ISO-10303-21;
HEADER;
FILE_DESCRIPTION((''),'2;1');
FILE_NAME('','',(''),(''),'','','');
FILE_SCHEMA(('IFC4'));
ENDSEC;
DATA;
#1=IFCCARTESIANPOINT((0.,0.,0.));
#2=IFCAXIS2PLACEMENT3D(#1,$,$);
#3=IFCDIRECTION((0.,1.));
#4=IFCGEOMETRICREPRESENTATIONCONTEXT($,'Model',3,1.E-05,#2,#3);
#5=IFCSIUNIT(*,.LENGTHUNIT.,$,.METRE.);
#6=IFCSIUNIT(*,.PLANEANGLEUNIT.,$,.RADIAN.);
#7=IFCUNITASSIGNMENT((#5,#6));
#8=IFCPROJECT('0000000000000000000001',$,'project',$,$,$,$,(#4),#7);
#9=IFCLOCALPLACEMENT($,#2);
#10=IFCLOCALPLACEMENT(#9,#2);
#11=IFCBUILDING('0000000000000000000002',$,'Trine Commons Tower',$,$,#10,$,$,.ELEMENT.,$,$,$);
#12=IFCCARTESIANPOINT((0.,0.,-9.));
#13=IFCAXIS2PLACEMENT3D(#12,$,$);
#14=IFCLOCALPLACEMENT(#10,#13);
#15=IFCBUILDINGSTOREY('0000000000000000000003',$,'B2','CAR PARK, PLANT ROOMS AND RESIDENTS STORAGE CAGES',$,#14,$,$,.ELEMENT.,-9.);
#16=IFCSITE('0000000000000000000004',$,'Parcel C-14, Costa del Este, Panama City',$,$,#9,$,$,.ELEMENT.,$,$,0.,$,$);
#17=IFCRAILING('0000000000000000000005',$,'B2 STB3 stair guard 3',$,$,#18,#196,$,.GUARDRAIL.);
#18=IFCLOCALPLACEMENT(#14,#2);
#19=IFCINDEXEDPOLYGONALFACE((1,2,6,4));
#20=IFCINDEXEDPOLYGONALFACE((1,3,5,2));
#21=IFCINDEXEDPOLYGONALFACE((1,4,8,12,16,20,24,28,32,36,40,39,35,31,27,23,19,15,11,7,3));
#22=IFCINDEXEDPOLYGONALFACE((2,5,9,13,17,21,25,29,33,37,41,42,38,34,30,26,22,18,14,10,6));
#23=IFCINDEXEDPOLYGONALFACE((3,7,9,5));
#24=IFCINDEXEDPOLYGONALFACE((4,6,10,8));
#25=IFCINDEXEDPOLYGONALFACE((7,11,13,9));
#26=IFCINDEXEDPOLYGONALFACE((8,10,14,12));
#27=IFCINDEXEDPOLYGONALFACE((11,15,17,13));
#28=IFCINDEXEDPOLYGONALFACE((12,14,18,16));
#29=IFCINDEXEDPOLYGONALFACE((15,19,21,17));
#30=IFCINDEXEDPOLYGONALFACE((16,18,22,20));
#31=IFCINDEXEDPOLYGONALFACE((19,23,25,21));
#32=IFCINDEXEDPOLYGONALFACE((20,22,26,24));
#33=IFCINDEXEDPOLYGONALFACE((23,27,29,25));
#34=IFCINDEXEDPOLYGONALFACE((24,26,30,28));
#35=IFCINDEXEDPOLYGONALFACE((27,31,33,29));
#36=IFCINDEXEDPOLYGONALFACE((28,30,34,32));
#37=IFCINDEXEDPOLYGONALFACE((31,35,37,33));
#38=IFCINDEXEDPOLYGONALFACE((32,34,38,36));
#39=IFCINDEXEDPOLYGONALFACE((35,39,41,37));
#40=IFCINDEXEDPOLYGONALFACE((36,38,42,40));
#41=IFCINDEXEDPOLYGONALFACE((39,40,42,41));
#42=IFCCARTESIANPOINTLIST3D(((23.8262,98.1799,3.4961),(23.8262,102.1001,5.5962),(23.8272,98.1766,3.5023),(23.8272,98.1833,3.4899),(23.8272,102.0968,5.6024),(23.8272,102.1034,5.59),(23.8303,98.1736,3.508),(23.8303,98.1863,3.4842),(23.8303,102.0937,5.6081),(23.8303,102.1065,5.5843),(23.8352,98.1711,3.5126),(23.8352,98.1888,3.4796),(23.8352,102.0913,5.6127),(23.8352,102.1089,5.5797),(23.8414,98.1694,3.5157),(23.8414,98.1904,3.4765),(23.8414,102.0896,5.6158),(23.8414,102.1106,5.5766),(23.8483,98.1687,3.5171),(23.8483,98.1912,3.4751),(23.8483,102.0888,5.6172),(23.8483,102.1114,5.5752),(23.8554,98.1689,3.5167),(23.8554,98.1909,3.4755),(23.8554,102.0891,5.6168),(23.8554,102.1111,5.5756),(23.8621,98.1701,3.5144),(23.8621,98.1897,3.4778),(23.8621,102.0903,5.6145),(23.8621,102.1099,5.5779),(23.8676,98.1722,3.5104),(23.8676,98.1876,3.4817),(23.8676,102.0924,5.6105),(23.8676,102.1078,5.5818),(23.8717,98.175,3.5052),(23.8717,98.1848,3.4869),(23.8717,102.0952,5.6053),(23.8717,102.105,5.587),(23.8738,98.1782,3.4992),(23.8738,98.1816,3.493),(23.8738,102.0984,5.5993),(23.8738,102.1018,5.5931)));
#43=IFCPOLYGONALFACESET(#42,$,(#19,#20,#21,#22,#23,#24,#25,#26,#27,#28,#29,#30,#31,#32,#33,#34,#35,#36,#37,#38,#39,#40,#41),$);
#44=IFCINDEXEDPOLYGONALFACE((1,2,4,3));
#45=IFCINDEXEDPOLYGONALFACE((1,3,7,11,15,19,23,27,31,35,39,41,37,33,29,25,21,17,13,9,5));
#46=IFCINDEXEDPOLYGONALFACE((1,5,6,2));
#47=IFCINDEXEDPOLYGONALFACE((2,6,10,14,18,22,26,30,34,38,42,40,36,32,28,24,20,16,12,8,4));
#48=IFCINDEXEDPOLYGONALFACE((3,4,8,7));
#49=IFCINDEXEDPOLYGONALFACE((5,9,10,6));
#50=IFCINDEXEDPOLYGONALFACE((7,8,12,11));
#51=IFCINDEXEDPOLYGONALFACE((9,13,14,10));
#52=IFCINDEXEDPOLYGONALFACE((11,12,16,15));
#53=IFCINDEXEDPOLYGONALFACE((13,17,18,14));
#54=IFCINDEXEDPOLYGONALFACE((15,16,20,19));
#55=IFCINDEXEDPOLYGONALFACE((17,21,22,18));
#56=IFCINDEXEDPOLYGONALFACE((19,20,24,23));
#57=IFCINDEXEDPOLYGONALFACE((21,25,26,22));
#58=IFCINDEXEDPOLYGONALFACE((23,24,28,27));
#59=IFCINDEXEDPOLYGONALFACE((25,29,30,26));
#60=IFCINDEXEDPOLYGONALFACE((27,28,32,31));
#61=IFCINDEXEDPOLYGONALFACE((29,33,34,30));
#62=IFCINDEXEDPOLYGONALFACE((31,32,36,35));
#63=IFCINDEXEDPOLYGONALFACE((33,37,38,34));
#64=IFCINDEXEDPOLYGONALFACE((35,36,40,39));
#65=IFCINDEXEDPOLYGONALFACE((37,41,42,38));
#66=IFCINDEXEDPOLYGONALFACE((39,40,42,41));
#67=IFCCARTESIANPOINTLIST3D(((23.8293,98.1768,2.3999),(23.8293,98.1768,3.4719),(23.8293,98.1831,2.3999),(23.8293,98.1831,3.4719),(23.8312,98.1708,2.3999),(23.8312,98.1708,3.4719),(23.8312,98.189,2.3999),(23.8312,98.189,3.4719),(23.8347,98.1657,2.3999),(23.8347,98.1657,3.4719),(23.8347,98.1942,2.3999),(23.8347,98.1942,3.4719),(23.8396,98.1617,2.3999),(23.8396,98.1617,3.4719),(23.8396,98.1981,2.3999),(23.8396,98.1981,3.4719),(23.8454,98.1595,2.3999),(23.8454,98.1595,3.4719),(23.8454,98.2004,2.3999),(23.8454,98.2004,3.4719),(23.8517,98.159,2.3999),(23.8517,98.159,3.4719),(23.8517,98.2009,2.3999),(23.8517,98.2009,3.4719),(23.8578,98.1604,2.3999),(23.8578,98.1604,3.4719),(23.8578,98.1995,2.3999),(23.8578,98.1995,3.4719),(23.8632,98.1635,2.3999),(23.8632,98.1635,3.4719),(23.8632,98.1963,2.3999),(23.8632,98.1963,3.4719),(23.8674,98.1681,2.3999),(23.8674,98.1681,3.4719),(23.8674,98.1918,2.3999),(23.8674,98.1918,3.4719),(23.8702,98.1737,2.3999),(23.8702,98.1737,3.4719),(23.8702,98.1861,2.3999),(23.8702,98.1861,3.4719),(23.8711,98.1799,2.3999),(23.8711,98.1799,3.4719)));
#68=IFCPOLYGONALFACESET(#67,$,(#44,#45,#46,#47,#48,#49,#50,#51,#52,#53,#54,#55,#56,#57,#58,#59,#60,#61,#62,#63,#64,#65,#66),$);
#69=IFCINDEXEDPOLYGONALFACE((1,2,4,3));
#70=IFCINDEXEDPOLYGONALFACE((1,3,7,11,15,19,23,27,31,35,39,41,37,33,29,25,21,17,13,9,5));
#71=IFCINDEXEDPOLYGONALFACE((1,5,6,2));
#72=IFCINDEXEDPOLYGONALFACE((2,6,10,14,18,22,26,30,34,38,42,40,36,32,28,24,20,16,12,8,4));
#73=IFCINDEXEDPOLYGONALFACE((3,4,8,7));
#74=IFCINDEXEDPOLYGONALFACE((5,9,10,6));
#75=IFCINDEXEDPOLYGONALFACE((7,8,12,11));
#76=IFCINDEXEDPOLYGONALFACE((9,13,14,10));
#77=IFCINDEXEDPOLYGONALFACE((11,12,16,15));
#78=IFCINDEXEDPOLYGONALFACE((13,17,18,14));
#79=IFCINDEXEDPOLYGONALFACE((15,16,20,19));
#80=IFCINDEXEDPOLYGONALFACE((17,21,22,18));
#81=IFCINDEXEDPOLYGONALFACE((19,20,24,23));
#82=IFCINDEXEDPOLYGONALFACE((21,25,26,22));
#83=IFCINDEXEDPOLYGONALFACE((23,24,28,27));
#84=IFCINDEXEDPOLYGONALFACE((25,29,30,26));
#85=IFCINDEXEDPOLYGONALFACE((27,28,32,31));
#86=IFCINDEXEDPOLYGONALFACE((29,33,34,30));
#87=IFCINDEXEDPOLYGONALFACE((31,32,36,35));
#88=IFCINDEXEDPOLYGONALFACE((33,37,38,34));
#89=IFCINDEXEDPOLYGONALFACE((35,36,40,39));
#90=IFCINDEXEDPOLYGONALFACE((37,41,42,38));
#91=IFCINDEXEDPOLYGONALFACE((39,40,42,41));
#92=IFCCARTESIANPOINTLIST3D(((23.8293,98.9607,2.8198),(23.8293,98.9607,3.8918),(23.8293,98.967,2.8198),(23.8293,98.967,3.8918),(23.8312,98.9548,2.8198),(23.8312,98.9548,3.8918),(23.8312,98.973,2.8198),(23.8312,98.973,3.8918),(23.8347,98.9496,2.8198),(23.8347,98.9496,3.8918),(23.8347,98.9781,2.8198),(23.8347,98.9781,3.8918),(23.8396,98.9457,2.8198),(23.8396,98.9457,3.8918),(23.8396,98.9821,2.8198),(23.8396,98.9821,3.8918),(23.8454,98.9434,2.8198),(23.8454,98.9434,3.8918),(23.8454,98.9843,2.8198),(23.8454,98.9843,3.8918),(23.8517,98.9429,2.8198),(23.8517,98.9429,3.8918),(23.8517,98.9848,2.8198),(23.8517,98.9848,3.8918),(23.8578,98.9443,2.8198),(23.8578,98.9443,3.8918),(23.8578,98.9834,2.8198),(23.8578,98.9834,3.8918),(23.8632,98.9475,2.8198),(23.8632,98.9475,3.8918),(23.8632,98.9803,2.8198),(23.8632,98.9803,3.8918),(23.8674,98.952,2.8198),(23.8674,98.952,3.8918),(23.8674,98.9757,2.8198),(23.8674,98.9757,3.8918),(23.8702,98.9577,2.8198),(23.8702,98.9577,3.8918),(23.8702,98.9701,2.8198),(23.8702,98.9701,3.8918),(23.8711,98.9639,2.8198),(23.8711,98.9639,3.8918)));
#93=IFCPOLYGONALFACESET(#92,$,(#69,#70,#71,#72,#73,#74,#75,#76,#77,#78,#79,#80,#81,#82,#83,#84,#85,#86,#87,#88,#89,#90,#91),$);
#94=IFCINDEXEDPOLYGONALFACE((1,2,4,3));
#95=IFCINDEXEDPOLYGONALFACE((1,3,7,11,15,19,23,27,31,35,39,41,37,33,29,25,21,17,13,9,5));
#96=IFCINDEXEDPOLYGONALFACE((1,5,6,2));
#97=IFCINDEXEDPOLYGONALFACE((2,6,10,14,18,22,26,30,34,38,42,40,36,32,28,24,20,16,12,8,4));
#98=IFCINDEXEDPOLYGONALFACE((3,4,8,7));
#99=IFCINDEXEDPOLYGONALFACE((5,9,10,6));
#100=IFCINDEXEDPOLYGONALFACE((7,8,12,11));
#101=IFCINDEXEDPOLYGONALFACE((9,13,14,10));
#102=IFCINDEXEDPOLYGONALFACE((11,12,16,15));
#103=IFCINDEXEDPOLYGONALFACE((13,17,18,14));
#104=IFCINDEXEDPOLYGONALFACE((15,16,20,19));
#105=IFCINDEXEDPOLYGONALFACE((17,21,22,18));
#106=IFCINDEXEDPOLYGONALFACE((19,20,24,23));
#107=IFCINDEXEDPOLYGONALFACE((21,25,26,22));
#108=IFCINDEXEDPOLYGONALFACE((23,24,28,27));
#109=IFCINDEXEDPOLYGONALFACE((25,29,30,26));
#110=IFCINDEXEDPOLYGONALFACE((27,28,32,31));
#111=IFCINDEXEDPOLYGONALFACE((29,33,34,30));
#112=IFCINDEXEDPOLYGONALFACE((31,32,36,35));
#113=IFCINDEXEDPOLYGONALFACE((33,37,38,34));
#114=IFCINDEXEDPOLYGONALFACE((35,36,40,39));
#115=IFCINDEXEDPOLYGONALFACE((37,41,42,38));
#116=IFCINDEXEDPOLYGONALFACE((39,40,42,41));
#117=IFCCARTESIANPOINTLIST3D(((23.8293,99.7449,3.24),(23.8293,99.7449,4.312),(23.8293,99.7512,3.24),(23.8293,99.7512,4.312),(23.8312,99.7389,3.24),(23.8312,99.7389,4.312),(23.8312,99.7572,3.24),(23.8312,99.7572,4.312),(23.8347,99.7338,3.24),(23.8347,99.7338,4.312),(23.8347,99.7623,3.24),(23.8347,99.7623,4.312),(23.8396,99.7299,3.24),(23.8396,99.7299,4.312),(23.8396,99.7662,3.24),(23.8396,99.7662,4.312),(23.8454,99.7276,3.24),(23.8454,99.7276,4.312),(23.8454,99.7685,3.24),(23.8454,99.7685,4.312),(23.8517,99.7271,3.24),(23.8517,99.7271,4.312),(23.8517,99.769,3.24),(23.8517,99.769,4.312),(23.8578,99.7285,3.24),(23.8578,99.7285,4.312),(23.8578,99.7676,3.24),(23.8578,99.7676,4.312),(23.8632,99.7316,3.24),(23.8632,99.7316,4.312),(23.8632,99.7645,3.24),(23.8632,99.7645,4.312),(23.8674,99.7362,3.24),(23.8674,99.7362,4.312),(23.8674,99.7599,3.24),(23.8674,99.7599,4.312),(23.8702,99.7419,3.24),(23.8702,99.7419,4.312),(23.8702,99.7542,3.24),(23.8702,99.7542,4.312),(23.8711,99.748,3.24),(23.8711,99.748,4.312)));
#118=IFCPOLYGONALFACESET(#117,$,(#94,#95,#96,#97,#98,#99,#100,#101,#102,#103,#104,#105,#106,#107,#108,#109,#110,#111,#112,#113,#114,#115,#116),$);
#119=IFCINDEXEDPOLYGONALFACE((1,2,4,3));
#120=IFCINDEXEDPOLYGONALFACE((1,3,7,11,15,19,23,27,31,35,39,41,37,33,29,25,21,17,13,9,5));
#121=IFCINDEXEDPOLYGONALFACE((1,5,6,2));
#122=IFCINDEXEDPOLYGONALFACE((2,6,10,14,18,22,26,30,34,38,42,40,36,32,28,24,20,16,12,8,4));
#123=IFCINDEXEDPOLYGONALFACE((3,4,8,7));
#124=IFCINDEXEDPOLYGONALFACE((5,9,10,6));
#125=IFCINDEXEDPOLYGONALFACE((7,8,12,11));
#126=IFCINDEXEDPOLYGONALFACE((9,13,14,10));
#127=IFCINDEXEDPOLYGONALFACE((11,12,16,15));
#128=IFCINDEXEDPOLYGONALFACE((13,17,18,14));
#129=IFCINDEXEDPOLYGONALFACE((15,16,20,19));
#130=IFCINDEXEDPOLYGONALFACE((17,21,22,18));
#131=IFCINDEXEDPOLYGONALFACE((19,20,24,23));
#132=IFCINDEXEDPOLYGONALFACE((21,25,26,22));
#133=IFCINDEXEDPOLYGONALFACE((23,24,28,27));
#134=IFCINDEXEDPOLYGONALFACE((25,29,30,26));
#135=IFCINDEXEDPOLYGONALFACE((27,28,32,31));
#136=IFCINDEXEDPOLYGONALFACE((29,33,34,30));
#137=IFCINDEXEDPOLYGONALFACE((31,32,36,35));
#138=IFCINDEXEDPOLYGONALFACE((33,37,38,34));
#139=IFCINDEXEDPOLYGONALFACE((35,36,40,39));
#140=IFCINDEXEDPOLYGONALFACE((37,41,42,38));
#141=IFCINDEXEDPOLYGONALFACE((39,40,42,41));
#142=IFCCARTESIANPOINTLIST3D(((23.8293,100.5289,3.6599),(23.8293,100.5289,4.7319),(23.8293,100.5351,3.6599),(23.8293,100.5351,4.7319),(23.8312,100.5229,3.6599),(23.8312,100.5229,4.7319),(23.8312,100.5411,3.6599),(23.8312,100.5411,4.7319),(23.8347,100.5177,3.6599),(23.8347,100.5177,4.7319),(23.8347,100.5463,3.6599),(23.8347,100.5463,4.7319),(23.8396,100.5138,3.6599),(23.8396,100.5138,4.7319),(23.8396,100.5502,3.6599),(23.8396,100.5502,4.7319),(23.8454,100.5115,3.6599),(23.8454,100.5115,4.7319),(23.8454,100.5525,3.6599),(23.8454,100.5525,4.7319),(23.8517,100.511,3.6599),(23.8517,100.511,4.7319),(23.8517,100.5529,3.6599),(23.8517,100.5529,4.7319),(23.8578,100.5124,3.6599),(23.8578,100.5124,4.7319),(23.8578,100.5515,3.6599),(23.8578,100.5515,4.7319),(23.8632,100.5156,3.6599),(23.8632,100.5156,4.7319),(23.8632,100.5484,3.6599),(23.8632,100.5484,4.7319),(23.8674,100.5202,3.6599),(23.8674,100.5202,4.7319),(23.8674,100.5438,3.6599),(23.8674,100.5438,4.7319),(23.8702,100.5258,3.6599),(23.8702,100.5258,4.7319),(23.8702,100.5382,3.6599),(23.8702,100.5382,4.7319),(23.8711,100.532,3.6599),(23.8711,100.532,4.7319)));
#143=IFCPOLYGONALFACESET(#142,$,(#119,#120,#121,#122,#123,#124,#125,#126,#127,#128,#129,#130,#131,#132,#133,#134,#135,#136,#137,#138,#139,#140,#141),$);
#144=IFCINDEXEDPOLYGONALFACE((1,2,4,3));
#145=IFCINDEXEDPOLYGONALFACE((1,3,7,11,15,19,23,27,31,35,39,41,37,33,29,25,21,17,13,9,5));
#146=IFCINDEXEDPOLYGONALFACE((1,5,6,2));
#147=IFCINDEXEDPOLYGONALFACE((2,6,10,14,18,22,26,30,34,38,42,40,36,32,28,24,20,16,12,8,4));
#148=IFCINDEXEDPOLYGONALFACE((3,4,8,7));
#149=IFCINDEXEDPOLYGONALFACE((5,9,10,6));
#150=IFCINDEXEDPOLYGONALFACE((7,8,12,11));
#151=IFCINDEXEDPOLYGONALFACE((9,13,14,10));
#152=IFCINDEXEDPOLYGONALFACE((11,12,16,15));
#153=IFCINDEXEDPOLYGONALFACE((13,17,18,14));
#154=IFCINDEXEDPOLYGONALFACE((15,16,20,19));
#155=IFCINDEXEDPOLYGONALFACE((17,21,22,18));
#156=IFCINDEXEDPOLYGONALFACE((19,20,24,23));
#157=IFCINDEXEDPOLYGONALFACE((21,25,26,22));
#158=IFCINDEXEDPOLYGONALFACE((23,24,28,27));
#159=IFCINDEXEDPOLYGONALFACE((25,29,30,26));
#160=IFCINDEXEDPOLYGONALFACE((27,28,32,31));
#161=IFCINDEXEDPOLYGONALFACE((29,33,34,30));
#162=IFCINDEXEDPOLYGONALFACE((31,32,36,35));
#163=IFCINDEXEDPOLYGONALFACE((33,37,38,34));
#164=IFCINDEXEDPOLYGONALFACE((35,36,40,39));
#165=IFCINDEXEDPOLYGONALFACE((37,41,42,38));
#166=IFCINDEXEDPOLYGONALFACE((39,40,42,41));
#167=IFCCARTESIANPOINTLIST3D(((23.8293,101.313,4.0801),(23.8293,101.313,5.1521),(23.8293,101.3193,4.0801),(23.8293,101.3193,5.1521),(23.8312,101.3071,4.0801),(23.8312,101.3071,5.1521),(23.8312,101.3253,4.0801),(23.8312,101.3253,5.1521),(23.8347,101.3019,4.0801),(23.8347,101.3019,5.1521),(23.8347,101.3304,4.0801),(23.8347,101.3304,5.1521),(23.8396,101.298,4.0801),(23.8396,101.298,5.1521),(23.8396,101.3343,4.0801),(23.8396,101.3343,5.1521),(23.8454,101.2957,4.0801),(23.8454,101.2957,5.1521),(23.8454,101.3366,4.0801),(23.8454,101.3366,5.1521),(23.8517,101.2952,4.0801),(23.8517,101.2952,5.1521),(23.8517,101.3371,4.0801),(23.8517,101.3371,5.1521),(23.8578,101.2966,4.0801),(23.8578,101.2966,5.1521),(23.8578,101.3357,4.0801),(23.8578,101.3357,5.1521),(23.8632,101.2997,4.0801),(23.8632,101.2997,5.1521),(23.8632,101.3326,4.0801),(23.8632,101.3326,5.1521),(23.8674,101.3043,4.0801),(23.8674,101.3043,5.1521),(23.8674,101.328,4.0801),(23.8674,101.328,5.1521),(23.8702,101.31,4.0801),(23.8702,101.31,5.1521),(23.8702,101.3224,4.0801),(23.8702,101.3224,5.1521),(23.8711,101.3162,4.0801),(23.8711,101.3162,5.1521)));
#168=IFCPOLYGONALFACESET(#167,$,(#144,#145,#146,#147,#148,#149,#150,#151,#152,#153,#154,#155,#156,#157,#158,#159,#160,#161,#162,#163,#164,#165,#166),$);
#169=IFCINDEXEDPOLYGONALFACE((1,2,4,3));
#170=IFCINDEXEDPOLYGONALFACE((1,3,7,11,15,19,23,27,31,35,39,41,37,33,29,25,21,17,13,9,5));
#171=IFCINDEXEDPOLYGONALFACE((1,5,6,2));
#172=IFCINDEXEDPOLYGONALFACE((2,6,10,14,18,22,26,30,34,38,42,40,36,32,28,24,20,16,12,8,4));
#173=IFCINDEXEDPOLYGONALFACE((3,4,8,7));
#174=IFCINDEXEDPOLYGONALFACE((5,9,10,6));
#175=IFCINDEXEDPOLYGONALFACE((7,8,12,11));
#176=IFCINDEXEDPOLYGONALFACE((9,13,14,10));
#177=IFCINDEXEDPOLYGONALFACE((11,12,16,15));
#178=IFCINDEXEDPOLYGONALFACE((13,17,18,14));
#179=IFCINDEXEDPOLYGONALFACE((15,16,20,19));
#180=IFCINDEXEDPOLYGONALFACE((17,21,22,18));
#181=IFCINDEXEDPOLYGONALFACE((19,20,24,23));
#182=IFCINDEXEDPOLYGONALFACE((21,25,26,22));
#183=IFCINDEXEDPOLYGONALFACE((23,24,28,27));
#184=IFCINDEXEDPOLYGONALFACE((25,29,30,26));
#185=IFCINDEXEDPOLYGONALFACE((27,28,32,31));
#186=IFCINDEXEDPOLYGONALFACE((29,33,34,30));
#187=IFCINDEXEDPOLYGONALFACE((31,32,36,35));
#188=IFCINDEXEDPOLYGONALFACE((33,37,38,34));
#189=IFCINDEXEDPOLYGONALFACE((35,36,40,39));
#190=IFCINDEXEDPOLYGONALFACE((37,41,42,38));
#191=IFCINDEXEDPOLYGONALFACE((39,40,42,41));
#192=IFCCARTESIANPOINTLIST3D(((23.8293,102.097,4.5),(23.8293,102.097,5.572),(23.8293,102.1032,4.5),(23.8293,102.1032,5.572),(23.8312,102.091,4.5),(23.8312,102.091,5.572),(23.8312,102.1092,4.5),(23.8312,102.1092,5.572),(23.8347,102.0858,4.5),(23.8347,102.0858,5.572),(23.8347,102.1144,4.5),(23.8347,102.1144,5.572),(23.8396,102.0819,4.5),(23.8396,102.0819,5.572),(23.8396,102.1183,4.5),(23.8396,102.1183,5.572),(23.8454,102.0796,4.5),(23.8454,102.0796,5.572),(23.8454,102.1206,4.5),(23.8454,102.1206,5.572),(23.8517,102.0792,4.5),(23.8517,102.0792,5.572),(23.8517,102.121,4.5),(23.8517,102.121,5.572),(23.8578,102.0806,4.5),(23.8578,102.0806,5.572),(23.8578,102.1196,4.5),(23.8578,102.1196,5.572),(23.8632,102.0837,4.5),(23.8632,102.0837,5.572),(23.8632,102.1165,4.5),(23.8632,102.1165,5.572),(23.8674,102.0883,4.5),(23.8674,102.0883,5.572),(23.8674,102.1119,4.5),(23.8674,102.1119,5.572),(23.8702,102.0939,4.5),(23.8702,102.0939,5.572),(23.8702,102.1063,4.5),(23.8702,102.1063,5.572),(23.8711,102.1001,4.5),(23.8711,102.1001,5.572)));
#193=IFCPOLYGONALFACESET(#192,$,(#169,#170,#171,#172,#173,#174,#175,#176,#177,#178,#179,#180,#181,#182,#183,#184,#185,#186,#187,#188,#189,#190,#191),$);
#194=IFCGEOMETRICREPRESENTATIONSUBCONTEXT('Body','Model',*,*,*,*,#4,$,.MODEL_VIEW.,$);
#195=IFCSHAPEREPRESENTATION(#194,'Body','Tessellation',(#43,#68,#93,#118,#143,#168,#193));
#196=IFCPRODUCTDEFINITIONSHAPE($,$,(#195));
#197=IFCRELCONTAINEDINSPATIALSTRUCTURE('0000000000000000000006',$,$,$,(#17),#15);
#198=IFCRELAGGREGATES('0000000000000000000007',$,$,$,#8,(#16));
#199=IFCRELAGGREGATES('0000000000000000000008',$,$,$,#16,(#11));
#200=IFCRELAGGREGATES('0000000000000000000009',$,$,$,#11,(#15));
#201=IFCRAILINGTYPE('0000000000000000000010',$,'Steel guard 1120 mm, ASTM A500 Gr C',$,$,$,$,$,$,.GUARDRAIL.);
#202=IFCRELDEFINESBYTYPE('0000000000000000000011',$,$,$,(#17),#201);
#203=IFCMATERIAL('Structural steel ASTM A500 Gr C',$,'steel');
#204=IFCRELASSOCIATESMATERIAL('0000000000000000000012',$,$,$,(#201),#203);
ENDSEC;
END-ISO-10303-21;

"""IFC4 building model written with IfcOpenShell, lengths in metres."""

from ifc_helpers import new_model, si_unit, direction, frame, origin, origin_2d, place, context, subcontext, project, spatial, circle, extrude, material, type_object, element, save


model = new_model("IFC4")

# Units and contexts
model_context = context("Model", 3, precision=1e-05, world=origin(), true_north=direction((0.0, 1.0)))
body_context = subcontext(model_context, "Body", "Model", "MODEL_VIEW")
ifc_project = project(units=[si_unit("LENGTHUNIT", "METRE"), si_unit("PLANEANGLEUNIT", "RADIAN")], contexts=[model_context])

# Site, building, storey
site_placement = place(None, origin())
site = spatial("IfcSite", under=ifc_project, at=site_placement, Name="Parcel C-14, Costa del Este, Panama City", CompositionType="ELEMENT", RefElevation=0.0)
building_placement = place(site_placement, origin())
building = spatial("IfcBuilding", under=site, at=building_placement, Name="Trine Commons Tower", CompositionType="ELEMENT")
storey_placement = place(building_placement, frame((0.0, 0.0, -9.0)))
storey = spatial("IfcBuildingStorey", under=building, at=storey_placement, Name="B2", Description="CAR PARK, PLANT ROOMS AND RESIDENTS STORAGE CAGES", CompositionType="ELEMENT", Elevation=-9.0)

# Railing
ifc_material_1 = material(Name="Structural steel ASTM A500 Gr C", Category="steel")
railing_type_1 = type_object("IfcRailingType", Name="Steel guard 1120 mm, ASTM A500 Gr C", PredefinedType="GUARDRAIL", material=ifc_material_1)
railing_1_placement = place(storey_placement, frame((23.8501, 98.1799, 2.3999)))
element("IfcRailing", 1, at=railing_1_placement, inside=storey, type_object=railing_type_1, Name="B2 STB3 stair guard 3", PredefinedType="GUARDRAIL", context=body_context, shape_type="SweptSolid", body=[
    extrude(circle(Radius=0.0239, at=origin_2d()), frame((0.0, 0.0, 1.0962), z_axis=(0.0, 0.881479, 0.472223), x_axis=(-1.0, 0.0, 0.0)), (0.0, 0.0, 1.0), 4.4473),
    extrude(circle(Radius=0.021, at=origin_2d()), origin(), (0.0, 0.0, 1.0), 1.072),
    extrude(circle(Radius=0.021, at=origin_2d()), frame((0.0, 0.7839, 0.4199)), (0.0, 0.0, 1.0), 1.072),
    extrude(circle(Radius=0.021, at=origin_2d()), frame((0.0, 1.5681, 0.8401)), (0.0, 0.0, 1.0), 1.072),
    extrude(circle(Radius=0.021, at=origin_2d()), frame((0.0, 2.3521, 1.26)), (0.0, 0.0, 1.0), 1.072),
    extrude(circle(Radius=0.021, at=origin_2d()), frame((0.0, 3.1362, 1.6802)), (0.0, 0.0, 1.0), 1.072),
    extrude(circle(Radius=0.021, at=origin_2d()), frame((0.0, 3.9202, 2.1001)), (0.0, 0.0, 1.0), 1.072),
])

save(model, "model.ifc")
